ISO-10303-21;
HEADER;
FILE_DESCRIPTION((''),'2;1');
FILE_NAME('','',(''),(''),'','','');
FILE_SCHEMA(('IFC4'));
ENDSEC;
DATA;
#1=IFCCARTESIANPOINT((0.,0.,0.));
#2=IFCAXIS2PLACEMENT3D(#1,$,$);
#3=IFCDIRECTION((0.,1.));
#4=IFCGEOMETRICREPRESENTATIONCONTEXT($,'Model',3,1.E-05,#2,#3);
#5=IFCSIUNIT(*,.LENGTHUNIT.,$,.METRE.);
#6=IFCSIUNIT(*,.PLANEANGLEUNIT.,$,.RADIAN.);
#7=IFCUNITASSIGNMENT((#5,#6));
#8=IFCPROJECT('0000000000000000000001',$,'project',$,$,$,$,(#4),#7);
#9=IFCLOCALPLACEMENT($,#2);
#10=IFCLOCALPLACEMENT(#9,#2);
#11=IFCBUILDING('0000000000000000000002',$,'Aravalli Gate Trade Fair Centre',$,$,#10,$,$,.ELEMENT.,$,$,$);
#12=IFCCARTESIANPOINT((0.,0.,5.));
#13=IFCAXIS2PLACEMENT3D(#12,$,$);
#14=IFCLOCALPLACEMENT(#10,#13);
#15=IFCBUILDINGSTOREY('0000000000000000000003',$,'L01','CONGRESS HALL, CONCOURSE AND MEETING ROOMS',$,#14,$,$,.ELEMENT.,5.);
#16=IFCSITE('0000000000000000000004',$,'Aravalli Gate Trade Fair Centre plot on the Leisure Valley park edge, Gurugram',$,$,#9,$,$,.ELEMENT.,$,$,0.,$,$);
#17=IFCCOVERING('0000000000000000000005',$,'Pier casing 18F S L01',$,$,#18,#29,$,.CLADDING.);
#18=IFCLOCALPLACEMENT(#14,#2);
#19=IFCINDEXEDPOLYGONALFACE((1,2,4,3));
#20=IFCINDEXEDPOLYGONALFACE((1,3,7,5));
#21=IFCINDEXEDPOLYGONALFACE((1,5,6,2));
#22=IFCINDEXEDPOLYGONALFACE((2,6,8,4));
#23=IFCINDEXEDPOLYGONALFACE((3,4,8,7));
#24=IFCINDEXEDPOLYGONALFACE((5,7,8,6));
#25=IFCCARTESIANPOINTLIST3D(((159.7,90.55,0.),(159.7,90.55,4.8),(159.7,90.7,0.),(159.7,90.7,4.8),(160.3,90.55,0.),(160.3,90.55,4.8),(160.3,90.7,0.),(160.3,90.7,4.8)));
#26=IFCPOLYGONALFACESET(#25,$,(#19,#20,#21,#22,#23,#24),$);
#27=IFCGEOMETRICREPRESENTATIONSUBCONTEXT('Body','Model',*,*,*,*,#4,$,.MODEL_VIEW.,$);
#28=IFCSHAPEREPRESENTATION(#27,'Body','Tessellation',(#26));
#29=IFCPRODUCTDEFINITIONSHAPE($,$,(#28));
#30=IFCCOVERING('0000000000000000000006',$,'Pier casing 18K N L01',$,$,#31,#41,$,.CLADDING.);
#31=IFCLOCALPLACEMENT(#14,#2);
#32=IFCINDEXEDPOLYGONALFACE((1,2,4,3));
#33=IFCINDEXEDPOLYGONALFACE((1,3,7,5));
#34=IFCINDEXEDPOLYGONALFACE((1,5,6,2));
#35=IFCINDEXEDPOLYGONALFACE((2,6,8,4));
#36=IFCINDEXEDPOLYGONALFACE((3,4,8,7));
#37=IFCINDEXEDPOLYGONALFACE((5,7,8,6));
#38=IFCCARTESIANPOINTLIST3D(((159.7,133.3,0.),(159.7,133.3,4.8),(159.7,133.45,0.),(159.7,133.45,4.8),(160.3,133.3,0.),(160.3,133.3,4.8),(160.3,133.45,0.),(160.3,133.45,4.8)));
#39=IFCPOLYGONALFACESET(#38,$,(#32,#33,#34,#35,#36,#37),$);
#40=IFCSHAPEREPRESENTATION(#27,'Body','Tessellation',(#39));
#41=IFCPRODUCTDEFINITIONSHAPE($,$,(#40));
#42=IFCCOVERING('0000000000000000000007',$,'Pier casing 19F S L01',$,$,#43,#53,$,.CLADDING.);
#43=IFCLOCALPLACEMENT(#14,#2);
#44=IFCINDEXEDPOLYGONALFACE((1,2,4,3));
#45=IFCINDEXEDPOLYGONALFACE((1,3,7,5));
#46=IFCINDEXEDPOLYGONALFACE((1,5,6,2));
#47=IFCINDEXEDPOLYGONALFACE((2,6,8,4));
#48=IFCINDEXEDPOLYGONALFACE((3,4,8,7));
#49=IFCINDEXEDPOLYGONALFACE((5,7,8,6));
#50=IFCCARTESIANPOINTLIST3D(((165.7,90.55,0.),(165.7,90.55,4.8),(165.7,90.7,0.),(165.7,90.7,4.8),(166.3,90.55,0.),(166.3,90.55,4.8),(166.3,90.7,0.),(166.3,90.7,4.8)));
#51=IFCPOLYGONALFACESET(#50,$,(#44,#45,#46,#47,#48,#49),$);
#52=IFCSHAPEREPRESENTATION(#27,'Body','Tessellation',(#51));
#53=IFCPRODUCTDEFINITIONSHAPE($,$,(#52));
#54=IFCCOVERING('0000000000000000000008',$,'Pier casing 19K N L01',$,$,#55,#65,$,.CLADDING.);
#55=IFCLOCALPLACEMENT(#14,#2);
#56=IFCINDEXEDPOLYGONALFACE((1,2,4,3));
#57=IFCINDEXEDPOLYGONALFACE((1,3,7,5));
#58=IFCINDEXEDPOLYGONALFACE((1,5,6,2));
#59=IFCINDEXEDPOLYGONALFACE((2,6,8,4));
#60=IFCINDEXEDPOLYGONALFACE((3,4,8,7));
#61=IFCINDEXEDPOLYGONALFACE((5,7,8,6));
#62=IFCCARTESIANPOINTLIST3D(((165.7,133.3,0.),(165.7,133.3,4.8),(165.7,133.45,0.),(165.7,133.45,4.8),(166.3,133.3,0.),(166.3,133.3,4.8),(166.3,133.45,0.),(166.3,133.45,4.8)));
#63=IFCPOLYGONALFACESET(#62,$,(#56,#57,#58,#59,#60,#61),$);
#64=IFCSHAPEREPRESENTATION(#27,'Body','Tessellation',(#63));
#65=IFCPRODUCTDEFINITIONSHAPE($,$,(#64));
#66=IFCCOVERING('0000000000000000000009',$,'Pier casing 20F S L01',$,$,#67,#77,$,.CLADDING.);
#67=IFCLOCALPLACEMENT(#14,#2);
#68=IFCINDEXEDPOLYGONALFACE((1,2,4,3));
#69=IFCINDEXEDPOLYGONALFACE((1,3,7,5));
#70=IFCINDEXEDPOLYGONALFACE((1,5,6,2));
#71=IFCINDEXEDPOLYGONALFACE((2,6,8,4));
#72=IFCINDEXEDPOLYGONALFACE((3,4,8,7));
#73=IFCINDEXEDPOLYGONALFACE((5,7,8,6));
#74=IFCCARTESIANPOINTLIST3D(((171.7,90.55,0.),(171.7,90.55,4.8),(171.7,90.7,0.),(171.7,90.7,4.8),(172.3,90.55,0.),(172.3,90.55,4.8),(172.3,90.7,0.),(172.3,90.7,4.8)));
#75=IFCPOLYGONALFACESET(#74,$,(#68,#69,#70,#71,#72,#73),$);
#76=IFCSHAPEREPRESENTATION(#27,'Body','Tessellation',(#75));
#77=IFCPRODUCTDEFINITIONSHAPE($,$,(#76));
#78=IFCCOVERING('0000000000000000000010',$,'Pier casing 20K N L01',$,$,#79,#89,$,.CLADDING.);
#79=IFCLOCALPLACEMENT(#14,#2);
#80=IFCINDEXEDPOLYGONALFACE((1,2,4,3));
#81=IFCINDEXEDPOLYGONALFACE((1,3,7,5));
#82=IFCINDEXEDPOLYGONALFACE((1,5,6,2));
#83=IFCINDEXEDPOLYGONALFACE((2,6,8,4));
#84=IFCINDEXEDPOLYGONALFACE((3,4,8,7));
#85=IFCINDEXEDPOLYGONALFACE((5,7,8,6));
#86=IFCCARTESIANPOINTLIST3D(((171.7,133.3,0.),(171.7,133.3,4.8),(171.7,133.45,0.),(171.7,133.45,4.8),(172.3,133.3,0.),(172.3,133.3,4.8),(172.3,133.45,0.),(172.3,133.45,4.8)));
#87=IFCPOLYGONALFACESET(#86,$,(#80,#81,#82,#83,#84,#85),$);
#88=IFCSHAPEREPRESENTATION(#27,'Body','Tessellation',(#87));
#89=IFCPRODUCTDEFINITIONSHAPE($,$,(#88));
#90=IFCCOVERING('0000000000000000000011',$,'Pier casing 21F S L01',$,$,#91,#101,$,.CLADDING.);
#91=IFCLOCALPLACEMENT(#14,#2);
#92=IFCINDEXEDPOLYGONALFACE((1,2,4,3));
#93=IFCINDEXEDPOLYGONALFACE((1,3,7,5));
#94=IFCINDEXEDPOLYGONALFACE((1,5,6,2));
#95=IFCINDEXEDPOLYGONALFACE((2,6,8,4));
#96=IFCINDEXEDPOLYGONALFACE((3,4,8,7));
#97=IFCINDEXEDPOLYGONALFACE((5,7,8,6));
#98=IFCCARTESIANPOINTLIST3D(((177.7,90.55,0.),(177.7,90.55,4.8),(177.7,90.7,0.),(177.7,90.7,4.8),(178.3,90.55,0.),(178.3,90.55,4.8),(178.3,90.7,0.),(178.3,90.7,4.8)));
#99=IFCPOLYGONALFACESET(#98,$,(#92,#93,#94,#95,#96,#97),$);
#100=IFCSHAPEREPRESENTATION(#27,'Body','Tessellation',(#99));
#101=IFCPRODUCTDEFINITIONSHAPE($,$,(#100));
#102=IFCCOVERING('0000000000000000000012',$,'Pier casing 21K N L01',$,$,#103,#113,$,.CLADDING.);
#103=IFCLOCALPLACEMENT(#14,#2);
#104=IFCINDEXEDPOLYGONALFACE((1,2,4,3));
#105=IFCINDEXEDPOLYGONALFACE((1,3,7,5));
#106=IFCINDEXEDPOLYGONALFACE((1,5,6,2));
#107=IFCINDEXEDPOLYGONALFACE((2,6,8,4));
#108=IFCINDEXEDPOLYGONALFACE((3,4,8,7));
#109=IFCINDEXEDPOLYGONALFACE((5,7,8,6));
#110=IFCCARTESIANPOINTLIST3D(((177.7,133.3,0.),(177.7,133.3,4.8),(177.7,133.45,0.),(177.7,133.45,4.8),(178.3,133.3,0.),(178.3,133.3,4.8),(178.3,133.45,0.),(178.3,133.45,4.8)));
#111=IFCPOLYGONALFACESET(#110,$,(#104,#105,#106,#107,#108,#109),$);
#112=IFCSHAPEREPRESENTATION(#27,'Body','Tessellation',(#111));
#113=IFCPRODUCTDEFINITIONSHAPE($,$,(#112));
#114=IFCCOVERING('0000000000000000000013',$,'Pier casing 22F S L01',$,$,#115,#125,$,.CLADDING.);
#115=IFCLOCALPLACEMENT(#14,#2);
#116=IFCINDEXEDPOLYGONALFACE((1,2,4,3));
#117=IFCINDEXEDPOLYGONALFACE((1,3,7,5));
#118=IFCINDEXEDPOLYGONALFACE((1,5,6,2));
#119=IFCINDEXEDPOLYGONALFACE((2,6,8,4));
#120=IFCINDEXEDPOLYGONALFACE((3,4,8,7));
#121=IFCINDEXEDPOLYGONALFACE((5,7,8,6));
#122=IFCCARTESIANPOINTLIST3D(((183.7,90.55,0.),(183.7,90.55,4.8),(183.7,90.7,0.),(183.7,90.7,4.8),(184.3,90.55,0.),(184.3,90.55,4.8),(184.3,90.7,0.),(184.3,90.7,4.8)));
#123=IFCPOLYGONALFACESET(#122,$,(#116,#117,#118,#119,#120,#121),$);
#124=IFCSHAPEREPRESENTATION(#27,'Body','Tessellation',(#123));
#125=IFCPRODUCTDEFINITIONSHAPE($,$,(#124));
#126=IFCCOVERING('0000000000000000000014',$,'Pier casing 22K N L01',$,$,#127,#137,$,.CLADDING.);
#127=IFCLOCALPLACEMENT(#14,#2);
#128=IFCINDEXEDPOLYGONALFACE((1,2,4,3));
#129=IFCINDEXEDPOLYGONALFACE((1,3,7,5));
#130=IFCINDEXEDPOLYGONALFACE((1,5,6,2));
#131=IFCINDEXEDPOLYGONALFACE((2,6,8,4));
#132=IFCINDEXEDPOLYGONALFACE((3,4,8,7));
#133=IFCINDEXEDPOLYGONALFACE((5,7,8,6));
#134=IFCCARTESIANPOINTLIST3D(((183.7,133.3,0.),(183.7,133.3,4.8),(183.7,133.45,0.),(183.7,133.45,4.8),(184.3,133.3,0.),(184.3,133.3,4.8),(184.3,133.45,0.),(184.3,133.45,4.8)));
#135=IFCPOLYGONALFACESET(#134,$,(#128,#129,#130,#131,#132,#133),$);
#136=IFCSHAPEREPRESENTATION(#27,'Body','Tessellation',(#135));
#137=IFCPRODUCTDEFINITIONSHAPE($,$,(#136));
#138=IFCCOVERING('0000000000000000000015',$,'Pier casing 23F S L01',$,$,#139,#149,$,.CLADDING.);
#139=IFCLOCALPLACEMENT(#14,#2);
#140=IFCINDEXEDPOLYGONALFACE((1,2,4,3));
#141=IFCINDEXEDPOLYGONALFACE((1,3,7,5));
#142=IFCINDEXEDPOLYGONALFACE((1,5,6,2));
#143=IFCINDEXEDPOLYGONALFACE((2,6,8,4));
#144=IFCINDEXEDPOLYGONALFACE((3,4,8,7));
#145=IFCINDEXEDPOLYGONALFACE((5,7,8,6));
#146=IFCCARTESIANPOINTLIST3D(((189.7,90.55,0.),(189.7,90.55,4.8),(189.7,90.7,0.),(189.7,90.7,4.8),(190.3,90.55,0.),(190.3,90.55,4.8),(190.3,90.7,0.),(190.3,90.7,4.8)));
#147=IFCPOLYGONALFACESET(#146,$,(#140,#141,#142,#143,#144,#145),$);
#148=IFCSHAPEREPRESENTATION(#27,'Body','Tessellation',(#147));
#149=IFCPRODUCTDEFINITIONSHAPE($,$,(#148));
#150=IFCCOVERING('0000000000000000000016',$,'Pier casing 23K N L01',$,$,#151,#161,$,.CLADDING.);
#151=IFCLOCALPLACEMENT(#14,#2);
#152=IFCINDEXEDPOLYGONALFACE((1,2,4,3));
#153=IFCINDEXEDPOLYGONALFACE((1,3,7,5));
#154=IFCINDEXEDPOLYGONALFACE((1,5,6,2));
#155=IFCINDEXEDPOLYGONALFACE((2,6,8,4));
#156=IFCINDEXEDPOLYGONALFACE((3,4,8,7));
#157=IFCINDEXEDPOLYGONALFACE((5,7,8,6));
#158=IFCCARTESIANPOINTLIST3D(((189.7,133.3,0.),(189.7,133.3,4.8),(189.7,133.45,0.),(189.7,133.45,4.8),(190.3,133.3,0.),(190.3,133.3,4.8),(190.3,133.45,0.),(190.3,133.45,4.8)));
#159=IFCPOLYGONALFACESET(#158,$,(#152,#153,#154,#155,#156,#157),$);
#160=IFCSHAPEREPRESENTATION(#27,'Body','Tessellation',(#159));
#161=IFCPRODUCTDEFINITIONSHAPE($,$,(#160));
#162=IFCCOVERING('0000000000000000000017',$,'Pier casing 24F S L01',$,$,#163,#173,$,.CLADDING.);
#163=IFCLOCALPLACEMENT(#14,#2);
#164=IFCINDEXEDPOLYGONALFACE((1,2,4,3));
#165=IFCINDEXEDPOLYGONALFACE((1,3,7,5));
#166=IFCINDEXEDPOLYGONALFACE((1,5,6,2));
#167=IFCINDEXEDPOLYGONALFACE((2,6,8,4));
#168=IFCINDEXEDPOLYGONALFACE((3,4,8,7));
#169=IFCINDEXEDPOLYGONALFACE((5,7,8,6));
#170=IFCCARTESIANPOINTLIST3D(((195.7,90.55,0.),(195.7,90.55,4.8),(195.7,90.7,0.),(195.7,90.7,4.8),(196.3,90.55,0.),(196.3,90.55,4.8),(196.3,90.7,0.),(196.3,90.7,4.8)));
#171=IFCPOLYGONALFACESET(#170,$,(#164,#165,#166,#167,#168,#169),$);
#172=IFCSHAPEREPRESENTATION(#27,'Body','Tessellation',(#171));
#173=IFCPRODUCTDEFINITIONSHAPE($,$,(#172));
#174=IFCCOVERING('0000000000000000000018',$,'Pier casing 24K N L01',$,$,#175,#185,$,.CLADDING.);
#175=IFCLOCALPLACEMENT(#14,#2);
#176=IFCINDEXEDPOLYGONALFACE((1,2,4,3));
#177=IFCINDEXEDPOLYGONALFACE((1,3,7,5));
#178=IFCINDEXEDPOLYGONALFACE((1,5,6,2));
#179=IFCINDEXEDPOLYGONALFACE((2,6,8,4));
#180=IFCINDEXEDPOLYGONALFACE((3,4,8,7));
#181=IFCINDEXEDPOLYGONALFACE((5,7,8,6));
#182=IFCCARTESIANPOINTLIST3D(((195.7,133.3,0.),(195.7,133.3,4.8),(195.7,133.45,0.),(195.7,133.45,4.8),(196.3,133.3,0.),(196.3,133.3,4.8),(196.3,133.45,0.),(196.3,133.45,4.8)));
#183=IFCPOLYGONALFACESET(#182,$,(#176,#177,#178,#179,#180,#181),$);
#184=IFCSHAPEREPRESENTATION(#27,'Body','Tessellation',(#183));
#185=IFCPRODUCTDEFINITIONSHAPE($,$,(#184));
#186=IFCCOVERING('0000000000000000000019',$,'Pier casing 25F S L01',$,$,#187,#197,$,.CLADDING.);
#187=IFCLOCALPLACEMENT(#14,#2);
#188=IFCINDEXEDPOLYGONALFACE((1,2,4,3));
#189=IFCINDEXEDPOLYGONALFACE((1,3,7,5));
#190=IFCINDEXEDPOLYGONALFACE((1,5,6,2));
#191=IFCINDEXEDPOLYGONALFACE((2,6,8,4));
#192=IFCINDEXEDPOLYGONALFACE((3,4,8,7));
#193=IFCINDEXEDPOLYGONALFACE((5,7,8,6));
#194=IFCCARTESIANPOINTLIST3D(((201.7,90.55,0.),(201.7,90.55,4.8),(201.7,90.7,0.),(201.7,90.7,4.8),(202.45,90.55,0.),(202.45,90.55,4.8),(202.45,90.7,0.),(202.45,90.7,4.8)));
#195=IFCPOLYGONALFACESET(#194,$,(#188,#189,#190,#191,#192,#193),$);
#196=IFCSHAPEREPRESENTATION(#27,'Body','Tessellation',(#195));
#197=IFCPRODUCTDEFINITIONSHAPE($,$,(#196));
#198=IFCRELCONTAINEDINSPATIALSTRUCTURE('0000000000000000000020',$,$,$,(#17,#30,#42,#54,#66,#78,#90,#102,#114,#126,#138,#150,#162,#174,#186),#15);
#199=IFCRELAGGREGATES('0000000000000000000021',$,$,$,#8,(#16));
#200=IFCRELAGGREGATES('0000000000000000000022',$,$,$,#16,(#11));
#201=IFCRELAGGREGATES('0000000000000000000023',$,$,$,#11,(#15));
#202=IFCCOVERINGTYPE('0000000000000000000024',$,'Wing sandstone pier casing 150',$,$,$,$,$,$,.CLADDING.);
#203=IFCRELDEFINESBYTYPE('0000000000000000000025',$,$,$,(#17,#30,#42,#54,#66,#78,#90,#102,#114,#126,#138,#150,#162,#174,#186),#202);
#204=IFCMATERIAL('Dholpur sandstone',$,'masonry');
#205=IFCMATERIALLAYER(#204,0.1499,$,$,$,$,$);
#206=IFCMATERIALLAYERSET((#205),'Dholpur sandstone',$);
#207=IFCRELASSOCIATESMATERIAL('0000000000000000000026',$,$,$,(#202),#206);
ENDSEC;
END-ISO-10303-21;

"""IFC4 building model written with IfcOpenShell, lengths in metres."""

from ifc_helpers import new_model, si_unit, direction, frame, origin, place, context, subcontext, project, spatial, polyline, outline, extrude, material, layer, layer_set, type_object, element, save


model = new_model("IFC4")

# Units and contexts
model_context = context("Model", 3, precision=1e-05, world=origin(), true_north=direction((0.0, 1.0)))
body_context = subcontext(model_context, "Body", "Model", "MODEL_VIEW")
ifc_project = project(units=[si_unit("LENGTHUNIT", "METRE"), si_unit("PLANEANGLEUNIT", "RADIAN")], contexts=[model_context])

# Site, building, storey
site_placement = place(None, origin())
site = spatial("IfcSite", under=ifc_project, at=site_placement, Name="Aravalli Gate Trade Fair Centre plot on the Leisure Valley park edge, Gurugram", CompositionType="ELEMENT", RefElevation=0.0)
building_placement = place(site_placement, origin())
building = spatial("IfcBuilding", under=site, at=building_placement, Name="Aravalli Gate Trade Fair Centre", CompositionType="ELEMENT")
storey_placement = place(building_placement, frame((0.0, 0.0, 5.0)))
storey = spatial("IfcBuildingStorey", under=building, at=storey_placement, Name="L01", Description="CONGRESS HALL, CONCOURSE AND MEETING ROOMS", CompositionType="ELEMENT", Elevation=5.0)

# Coverings
ifc_material_1 = material(Name="Dholpur sandstone", Category="masonry")
ifc_layer_1 = layer(ifc_material_1, 0.1499)
ifc_layer_set_1 = layer_set([ifc_layer_1], Name="Dholpur sandstone")
covering_type_1 = type_object("IfcCoveringType", Name="Wing sandstone pier casing 150", PredefinedType="CLADDING", material=ifc_layer_set_1)
covering_1_placement = place(storey_placement, origin())
element("IfcCovering", 1, at=covering_1_placement, inside=storey, type_object=covering_type_1, Name="Pier casing 18F S L01", PredefinedType="CLADDING", context=body_context, shape_type="SweptSolid", body=[
    extrude(outline(polyline([(159.7, 90.55), (160.3, 90.55), (160.3, 90.7), (159.7, 90.7), (159.7, 90.55)])), origin(), (0.0, 0.0, 1.0), 4.8),
])
covering_2_placement = place(storey_placement, origin())
element("IfcCovering", 2, at=covering_2_placement, inside=storey, type_object=covering_type_1, Name="Pier casing 18K N L01", PredefinedType="CLADDING", context=body_context, shape_type="SweptSolid", body=[
    extrude(outline(polyline([(159.7, 133.3), (160.3, 133.3), (160.3, 133.45), (159.7, 133.45), (159.7, 133.3)])), origin(), (0.0, 0.0, 1.0), 4.8),
])
covering_3_placement = place(storey_placement, origin())
element("IfcCovering", 3, at=covering_3_placement, inside=storey, type_object=covering_type_1, Name="Pier casing 19F S L01", PredefinedType="CLADDING", context=body_context, shape_type="SweptSolid", body=[
    extrude(outline(polyline([(165.7, 90.55), (166.3, 90.55), (166.3, 90.7), (165.7, 90.7), (165.7, 90.55)])), origin(), (0.0, 0.0, 1.0), 4.8),
])
covering_4_placement = place(storey_placement, origin())
element("IfcCovering", 4, at=covering_4_placement, inside=storey, type_object=covering_type_1, Name="Pier casing 19K N L01", PredefinedType="CLADDING", context=body_context, shape_type="SweptSolid", body=[
    extrude(outline(polyline([(165.7, 133.3), (166.3, 133.3), (166.3, 133.45), (165.7, 133.45), (165.7, 133.3)])), origin(), (0.0, 0.0, 1.0), 4.8),
])
covering_5_placement = place(storey_placement, origin())
element("IfcCovering", 5, at=covering_5_placement, inside=storey, type_object=covering_type_1, Name="Pier casing 20F S L01", PredefinedType="CLADDING", context=body_context, shape_type="SweptSolid", body=[
    extrude(outline(polyline([(171.7, 90.55), (172.3, 90.55), (172.3, 90.7), (171.7, 90.7), (171.7, 90.55)])), origin(), (0.0, 0.0, 1.0), 4.8),
])
covering_6_placement = place(storey_placement, origin())
element("IfcCovering", 6, at=covering_6_placement, inside=storey, type_object=covering_type_1, Name="Pier casing 20K N L01", PredefinedType="CLADDING", context=body_context, shape_type="SweptSolid", body=[
    extrude(outline(polyline([(171.7, 133.3), (172.3, 133.3), (172.3, 133.45), (171.7, 133.45), (171.7, 133.3)])), origin(), (0.0, 0.0, 1.0), 4.8),
])
covering_7_placement = place(storey_placement, origin())
element("IfcCovering", 7, at=covering_7_placement, inside=storey, type_object=covering_type_1, Name="Pier casing 21F S L01", PredefinedType="CLADDING", context=body_context, shape_type="SweptSolid", body=[
    extrude(outline(polyline([(177.7, 90.55), (178.3, 90.55), (178.3, 90.7), (177.7, 90.7), (177.7, 90.55)])), origin(), (0.0, 0.0, 1.0), 4.8),
])
covering_8_placement = place(storey_placement, origin())
element("IfcCovering", 8, at=covering_8_placement, inside=storey, type_object=covering_type_1, Name="Pier casing 21K N L01", PredefinedType="CLADDING", context=body_context, shape_type="SweptSolid", body=[
    extrude(outline(polyline([(177.7, 133.3), (178.3, 133.3), (178.3, 133.45), (177.7, 133.45), (177.7, 133.3)])), origin(), (0.0, 0.0, 1.0), 4.8),
])
covering_9_placement = place(storey_placement, origin())
element("IfcCovering", 9, at=covering_9_placement, inside=storey, type_object=covering_type_1, Name="Pier casing 22F S L01", PredefinedType="CLADDING", context=body_context, shape_type="SweptSolid", body=[
    extrude(outline(polyline([(183.7, 90.55), (184.3, 90.55), (184.3, 90.7), (183.7, 90.7), (183.7, 90.55)])), origin(), (0.0, 0.0, 1.0), 4.8),
])
covering_10_placement = place(storey_placement, origin())
element("IfcCovering", 10, at=covering_10_placement, inside=storey, type_object=covering_type_1, Name="Pier casing 22K N L01", PredefinedType="CLADDING", context=body_context, shape_type="SweptSolid", body=[
    extrude(outline(polyline([(183.7, 133.3), (184.3, 133.3), (184.3, 133.45), (183.7, 133.45), (183.7, 133.3)])), origin(), (0.0, 0.0, 1.0), 4.8),
])
covering_11_placement = place(storey_placement, origin())
element("IfcCovering", 11, at=covering_11_placement, inside=storey, type_object=covering_type_1, Name="Pier casing 23F S L01", PredefinedType="CLADDING", context=body_context, shape_type="SweptSolid", body=[
    extrude(outline(polyline([(189.7, 90.55), (190.3, 90.55), (190.3, 90.7), (189.7, 90.7), (189.7, 90.55)])), origin(), (0.0, 0.0, 1.0), 4.8),
])
covering_12_placement = place(storey_placement, origin())
element("IfcCovering", 12, at=covering_12_placement, inside=storey, type_object=covering_type_1, Name="Pier casing 23K N L01", PredefinedType="CLADDING", context=body_context, shape_type="SweptSolid", body=[
    extrude(outline(polyline([(189.7, 133.3), (190.3, 133.3), (190.3, 133.45), (189.7, 133.45), (189.7, 133.3)])), origin(), (0.0, 0.0, 1.0), 4.8),
])
covering_13_placement = place(storey_placement, origin())
element("IfcCovering", 13, at=covering_13_placement, inside=storey, type_object=covering_type_1, Name="Pier casing 24F S L01", PredefinedType="CLADDING", context=body_context, shape_type="SweptSolid", body=[
    extrude(outline(polyline([(195.7, 90.55), (196.3, 90.55), (196.3, 90.7), (195.7, 90.7), (195.7, 90.55)])), origin(), (0.0, 0.0, 1.0), 4.8),
])
covering_14_placement = place(storey_placement, origin())
element("IfcCovering", 14, at=covering_14_placement, inside=storey, type_object=covering_type_1, Name="Pier casing 24K N L01", PredefinedType="CLADDING", context=body_context, shape_type="SweptSolid", body=[
    extrude(outline(polyline([(195.7, 133.3), (196.3, 133.3), (196.3, 133.45), (195.7, 133.45), (195.7, 133.3)])), origin(), (0.0, 0.0, 1.0), 4.8),
])
covering_15_placement = place(storey_placement, origin())
element("IfcCovering", 15, at=covering_15_placement, inside=storey, type_object=covering_type_1, Name="Pier casing 25F S L01", PredefinedType="CLADDING", context=body_context, shape_type="SweptSolid", body=[
    extrude(outline(polyline([(201.7, 90.55), (202.45, 90.55), (202.45, 90.7), (201.7, 90.7), (201.7, 90.55)])), origin(), (0.0, 0.0, 1.0), 4.8),
])

save(model, "model.ifc")
